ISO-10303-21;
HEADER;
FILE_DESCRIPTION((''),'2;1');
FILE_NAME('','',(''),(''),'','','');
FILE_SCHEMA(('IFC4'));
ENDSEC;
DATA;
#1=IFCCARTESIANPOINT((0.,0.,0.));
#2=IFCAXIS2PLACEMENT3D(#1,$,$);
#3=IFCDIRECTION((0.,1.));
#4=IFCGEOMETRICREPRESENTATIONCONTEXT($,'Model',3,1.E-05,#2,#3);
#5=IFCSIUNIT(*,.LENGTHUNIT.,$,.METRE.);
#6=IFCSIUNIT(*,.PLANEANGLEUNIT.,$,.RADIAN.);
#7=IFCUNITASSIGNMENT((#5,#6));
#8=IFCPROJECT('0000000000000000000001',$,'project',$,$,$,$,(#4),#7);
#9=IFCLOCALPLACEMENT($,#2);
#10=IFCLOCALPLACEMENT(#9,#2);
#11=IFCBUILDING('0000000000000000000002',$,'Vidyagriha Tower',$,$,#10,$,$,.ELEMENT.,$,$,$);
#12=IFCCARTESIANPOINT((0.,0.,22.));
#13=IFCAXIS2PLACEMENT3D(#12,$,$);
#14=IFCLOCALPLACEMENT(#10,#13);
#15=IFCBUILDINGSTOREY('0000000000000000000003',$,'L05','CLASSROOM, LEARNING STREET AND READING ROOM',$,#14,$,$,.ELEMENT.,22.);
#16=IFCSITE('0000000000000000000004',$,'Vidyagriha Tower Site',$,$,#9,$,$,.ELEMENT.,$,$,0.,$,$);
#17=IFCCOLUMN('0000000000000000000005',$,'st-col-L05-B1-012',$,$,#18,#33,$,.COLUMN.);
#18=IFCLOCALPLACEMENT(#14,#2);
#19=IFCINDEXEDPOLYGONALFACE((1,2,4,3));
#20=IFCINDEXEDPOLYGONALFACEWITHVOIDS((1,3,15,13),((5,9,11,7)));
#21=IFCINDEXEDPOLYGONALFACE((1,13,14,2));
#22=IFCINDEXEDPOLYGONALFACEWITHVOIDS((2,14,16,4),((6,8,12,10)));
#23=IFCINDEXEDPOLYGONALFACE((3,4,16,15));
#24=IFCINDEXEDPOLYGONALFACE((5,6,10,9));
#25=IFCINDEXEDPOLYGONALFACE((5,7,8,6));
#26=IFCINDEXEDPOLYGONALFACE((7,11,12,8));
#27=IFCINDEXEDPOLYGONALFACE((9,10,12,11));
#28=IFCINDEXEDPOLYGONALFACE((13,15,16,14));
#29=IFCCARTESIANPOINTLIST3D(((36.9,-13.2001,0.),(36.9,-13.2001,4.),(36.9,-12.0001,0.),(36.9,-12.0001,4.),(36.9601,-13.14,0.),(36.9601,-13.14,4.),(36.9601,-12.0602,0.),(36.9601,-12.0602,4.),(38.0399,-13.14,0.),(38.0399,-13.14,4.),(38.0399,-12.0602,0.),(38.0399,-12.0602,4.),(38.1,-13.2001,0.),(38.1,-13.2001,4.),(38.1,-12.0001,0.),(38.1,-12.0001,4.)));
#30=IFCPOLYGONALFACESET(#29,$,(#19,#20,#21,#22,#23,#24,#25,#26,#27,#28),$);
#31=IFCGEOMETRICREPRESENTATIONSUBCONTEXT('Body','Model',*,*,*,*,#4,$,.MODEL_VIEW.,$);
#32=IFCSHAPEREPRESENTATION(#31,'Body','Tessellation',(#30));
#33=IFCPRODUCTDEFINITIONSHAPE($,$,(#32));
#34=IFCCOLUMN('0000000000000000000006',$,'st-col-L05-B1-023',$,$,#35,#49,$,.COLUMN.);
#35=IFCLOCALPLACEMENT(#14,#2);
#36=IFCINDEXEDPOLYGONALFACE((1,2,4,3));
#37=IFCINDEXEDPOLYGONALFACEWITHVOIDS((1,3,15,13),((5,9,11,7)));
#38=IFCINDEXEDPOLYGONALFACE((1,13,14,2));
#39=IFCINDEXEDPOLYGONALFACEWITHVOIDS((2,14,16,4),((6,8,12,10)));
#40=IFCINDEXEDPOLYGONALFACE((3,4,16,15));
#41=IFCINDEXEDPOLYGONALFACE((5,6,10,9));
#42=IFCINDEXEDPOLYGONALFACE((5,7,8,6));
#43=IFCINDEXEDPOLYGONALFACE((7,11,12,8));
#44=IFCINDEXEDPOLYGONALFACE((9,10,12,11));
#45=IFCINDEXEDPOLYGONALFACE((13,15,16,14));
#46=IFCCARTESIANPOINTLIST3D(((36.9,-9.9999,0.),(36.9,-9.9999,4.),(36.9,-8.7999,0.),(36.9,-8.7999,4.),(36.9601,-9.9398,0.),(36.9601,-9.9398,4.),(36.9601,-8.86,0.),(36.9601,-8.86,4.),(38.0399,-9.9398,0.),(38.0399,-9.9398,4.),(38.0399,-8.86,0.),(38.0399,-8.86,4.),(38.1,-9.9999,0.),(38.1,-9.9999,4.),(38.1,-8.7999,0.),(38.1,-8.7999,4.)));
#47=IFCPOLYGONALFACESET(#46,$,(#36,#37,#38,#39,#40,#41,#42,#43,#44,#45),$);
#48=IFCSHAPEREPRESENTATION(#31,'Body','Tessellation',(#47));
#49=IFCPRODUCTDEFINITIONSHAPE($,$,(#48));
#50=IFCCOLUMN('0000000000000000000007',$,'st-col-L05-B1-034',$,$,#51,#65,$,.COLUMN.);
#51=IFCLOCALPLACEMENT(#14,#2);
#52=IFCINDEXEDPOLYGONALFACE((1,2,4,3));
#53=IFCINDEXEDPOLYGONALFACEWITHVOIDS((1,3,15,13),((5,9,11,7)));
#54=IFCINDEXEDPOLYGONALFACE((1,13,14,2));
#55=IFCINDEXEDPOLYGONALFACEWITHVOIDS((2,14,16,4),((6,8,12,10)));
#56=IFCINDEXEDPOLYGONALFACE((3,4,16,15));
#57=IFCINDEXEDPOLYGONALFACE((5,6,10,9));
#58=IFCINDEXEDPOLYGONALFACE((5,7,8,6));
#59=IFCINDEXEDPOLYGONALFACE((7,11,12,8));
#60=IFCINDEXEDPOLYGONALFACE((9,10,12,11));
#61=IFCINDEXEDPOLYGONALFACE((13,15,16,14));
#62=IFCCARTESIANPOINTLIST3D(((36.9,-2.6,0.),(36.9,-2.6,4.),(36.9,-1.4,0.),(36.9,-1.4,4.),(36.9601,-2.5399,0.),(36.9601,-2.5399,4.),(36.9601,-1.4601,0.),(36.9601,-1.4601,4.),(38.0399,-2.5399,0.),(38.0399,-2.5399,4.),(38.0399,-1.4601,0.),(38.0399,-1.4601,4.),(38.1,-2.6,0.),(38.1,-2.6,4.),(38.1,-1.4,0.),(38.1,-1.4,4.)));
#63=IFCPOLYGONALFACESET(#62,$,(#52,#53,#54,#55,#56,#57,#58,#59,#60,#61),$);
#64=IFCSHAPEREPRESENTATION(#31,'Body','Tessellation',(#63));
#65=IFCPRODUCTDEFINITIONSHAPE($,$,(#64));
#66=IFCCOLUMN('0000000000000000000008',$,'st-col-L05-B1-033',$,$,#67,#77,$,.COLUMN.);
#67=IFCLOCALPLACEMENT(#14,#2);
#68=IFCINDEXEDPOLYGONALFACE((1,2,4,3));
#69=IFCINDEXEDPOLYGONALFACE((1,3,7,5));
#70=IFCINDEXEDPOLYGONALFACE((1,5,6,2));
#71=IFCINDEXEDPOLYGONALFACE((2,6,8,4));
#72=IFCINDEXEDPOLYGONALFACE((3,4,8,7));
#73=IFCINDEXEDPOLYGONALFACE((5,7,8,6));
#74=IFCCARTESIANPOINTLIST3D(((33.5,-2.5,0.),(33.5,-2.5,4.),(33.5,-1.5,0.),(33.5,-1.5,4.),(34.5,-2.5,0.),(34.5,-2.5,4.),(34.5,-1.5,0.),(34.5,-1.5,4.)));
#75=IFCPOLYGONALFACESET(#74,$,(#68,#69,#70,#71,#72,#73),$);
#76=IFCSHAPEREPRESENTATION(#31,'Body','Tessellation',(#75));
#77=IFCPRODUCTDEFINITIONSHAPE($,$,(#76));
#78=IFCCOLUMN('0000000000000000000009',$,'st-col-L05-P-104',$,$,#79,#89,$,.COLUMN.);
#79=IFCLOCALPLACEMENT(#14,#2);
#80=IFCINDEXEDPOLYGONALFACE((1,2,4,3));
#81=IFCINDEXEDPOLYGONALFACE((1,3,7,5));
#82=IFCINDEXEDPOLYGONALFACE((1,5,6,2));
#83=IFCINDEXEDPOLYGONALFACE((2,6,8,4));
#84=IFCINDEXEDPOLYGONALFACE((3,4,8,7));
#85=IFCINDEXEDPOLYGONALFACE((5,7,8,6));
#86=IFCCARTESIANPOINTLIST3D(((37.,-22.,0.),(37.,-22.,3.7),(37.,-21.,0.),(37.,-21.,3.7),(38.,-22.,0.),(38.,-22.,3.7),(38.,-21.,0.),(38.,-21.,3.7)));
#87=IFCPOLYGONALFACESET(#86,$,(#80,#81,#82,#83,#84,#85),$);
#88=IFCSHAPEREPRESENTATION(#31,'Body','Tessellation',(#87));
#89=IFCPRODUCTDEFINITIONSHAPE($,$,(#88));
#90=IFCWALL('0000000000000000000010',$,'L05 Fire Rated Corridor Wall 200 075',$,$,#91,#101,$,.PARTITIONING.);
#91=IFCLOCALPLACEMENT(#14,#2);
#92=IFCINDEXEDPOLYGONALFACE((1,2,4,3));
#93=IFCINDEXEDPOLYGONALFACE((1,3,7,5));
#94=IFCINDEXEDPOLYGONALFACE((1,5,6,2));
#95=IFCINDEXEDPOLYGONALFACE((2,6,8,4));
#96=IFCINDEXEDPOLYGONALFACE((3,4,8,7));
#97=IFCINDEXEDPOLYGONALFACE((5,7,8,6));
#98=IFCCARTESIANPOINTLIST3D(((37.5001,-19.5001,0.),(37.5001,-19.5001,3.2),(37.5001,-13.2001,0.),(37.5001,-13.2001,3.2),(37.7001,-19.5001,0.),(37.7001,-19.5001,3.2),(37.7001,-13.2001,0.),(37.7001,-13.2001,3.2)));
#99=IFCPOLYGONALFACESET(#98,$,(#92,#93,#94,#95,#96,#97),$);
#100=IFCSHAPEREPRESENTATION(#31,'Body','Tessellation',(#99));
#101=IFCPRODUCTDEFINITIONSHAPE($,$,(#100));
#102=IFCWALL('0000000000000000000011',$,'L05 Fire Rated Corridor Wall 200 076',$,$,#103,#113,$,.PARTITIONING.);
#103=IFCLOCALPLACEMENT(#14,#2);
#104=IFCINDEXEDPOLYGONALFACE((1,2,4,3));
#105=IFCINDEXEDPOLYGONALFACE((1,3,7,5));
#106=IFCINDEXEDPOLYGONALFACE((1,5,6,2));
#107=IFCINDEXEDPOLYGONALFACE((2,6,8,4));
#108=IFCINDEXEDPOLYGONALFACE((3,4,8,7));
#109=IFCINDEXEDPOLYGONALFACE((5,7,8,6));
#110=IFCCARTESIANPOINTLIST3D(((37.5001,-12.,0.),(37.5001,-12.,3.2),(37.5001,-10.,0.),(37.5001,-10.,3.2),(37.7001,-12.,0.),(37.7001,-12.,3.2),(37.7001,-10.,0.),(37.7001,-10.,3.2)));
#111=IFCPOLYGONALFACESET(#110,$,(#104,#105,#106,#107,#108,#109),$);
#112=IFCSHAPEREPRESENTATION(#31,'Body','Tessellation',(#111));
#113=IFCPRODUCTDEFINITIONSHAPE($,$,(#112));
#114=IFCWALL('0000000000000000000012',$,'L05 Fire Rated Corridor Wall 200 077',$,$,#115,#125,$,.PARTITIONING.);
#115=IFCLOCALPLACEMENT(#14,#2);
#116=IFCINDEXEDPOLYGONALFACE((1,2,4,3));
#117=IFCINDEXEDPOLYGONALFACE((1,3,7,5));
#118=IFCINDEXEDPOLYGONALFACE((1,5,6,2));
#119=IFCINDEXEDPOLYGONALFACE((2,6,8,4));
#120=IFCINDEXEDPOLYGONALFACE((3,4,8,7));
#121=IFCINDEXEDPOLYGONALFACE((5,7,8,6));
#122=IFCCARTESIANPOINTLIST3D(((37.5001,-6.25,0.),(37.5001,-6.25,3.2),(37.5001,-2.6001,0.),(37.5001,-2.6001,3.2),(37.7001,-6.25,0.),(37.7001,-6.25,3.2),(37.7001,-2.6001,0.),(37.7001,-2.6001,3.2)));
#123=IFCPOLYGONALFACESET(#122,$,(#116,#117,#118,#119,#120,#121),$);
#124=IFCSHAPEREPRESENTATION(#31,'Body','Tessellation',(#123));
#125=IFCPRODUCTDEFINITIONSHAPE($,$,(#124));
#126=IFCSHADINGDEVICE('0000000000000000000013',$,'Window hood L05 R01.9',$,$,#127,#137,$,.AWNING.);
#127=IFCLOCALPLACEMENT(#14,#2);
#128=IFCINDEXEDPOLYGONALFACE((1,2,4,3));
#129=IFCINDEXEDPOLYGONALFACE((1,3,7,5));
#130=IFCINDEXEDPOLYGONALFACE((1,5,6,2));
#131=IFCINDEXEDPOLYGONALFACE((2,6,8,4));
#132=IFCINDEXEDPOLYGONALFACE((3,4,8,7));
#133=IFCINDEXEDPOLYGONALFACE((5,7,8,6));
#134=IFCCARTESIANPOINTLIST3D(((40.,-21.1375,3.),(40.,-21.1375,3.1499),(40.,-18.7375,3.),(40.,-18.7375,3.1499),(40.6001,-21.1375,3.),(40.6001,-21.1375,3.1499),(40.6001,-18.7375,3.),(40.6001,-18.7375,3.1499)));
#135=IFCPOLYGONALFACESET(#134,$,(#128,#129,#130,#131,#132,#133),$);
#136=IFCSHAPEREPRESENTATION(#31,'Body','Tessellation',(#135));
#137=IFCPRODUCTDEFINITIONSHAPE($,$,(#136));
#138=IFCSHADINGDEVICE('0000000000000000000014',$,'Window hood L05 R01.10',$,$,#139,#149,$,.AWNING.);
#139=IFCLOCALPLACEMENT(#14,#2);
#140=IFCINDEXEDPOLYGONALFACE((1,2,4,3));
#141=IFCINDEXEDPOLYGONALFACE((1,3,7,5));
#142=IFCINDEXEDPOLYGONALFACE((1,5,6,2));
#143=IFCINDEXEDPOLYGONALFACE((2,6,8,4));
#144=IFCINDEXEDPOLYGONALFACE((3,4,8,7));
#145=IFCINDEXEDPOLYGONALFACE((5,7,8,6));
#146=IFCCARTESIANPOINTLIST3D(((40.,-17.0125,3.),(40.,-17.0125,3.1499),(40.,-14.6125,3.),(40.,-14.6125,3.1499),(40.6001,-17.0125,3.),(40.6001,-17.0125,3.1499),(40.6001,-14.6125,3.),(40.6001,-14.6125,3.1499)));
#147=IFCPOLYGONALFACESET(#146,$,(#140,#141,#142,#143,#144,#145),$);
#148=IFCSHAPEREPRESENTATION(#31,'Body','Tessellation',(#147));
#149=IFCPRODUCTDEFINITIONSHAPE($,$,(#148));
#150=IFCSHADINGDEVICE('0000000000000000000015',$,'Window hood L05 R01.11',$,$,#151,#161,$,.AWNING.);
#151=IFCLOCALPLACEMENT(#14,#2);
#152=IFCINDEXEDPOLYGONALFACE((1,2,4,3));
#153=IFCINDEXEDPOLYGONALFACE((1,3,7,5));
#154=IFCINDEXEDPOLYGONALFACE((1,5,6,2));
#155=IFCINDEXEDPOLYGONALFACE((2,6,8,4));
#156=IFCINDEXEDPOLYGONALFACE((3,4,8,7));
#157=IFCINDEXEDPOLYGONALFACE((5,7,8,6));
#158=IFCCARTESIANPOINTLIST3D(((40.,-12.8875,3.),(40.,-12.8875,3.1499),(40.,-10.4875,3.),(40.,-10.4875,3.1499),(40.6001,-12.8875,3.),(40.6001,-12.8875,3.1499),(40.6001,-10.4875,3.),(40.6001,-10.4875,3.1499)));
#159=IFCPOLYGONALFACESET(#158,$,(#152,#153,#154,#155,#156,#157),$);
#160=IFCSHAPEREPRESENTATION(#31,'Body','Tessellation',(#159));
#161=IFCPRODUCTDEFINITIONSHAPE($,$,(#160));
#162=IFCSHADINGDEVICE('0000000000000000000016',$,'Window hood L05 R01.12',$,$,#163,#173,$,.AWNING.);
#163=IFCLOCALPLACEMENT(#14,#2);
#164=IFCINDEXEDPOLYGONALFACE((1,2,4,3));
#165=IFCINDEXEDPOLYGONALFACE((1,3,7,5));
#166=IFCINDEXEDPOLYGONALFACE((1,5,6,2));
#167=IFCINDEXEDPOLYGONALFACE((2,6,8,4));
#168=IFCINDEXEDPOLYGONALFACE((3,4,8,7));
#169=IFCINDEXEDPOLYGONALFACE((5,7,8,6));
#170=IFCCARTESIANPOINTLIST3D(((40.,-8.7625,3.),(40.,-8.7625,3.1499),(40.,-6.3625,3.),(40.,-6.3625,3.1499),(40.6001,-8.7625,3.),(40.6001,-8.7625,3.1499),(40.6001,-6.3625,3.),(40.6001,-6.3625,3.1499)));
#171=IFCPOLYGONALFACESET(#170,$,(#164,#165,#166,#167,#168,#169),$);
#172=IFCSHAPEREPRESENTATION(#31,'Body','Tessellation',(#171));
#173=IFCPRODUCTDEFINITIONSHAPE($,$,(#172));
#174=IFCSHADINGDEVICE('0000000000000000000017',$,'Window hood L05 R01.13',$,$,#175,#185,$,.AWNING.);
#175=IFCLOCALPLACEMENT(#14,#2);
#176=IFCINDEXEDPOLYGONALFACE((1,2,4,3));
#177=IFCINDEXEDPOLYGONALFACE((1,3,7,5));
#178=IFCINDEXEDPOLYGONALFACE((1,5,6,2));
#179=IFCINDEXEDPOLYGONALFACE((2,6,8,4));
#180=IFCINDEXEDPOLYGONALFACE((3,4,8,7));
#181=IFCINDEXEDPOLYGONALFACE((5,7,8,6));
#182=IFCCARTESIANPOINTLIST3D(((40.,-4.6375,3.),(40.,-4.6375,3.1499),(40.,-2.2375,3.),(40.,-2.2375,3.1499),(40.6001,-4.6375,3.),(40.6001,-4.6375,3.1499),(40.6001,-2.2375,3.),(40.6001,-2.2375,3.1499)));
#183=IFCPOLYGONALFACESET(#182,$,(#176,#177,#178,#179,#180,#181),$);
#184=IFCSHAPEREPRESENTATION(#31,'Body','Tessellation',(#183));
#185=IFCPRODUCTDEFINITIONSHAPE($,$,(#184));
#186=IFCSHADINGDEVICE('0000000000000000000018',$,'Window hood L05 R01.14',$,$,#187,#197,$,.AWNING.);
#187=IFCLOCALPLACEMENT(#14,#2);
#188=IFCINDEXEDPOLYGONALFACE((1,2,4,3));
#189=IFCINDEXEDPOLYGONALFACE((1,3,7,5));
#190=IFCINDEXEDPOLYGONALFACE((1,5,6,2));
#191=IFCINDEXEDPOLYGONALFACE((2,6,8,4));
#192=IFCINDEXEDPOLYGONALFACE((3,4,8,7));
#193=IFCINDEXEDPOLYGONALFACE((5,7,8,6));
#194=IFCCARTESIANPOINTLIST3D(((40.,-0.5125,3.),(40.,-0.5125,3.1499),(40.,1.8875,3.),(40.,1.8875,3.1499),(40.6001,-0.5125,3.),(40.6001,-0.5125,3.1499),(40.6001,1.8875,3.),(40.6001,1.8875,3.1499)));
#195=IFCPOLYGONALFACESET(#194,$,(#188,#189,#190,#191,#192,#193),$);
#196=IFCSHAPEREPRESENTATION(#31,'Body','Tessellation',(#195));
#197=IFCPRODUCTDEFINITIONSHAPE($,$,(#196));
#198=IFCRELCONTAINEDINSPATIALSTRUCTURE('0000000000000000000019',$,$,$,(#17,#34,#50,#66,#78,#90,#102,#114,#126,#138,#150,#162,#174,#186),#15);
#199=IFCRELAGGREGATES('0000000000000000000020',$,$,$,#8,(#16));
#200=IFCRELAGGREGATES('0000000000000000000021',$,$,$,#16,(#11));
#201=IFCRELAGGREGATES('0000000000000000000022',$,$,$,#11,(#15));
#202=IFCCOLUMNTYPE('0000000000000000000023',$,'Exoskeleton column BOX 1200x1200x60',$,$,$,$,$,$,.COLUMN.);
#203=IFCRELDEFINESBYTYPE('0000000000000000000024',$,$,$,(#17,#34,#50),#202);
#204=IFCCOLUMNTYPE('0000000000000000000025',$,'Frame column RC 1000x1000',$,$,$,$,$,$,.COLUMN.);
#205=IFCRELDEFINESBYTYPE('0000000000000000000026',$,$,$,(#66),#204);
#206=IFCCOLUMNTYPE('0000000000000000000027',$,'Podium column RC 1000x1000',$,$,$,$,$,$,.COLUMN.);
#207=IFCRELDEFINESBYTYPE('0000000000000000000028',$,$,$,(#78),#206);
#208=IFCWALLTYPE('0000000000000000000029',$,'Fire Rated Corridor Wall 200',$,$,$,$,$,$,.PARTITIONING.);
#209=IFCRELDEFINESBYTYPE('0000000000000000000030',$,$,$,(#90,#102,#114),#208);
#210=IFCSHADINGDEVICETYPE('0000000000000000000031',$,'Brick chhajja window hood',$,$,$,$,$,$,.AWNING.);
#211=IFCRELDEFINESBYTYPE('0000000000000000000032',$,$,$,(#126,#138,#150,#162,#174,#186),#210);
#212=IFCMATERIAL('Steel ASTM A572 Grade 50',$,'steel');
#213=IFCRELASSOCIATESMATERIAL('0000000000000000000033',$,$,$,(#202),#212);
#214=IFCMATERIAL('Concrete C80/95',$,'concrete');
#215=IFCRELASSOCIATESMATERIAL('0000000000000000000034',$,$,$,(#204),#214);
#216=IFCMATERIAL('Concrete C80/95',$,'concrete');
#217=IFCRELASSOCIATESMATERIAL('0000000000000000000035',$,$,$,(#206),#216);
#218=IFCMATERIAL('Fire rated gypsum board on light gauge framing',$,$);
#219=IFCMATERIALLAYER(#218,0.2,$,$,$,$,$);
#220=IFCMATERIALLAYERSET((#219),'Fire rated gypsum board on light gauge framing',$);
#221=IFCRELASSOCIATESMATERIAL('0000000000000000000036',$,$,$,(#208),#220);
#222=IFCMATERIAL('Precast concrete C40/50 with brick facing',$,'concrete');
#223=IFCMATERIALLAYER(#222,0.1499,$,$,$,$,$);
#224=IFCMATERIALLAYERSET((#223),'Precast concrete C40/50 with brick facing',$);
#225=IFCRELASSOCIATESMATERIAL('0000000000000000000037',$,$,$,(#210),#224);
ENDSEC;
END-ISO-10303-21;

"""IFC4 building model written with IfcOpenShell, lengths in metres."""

from ifc_helpers import new_model, si_unit, direction, frame, frame_2d, origin, origin_2d, place, context, subcontext, project, spatial, rectangle, hollow_rectangle, extrude, material, layer, layer_set, material_profile, profile_set, type_object, element, save


model = new_model("IFC4")

# Units and contexts
model_context = context("Model", 3, precision=1e-05, world=origin(), true_north=direction((0.0, 1.0)))
body_context = subcontext(model_context, "Body", "Model", "MODEL_VIEW")
ifc_project = project(units=[si_unit("LENGTHUNIT", "METRE"), si_unit("PLANEANGLEUNIT", "RADIAN")], contexts=[model_context])

# Site, building, storey
site_placement = place(None, origin())
site = spatial("IfcSite", under=ifc_project, at=site_placement, Name="Vidyagriha Tower Site", CompositionType="ELEMENT", RefElevation=0.0)
building_placement = place(site_placement, origin())
building = spatial("IfcBuilding", under=site, at=building_placement, Name="Vidyagriha Tower", CompositionType="ELEMENT")
storey_placement = place(building_placement, frame((0.0, 0.0, 22.0)))
storey = spatial("IfcBuildingStorey", under=building, at=storey_placement, Name="L05", Description="CLASSROOM, LEARNING STREET AND READING ROOM", CompositionType="ELEMENT", Elevation=22.0)

# Columns
ifc_material_1 = material(Name="Steel ASTM A572 Grade 50", Category="steel")
ifc_material_profile_1 = material_profile(ifc_material_1, hollow_rectangle(XDim=1.2, YDim=1.2, WallThickness=0.0601, at=origin_2d()), Name="BOX 1200x1200x60")
ifc_profile_set_1 = profile_set([ifc_material_profile_1], Name="Steel ASTM A572 Grade 50")
column_type_1 = type_object("IfcColumnType", Name="Exoskeleton column BOX 1200x1200x60", PredefinedType="COLUMN", material=ifc_profile_set_1)
for number, where, name in (
    (1, (37.5, -12.6001, 0.0), "st-col-L05-B1-012"),
    (2, (37.5, -9.3999, 0.0), "st-col-L05-B1-023"),
    (3, (37.5, -2.0, 0.0), "st-col-L05-B1-034"),
):
    element("IfcColumn", number, at=place(storey_placement, frame(where)), inside=storey, type_object=column_type_1, Name=name, PredefinedType="COLUMN", context=body_context, shape_type="SweptSolid", body=[
        extrude(hollow_rectangle(XDim=1.2, YDim=1.2, WallThickness=0.0601, at=origin_2d()), origin(), (0.0, 0.0, 1.0), 4.0),
    ])
ifc_material_2 = material(Name="Concrete C80/95", Category="concrete")
ifc_material_profile_2 = material_profile(ifc_material_2, rectangle(XDim=1.0, YDim=1.0, at=origin_2d()), Name="RC 1000x1000")
ifc_profile_set_2 = profile_set([ifc_material_profile_2], Name="Concrete C80/95")
column_type_2 = type_object("IfcColumnType", Name="Frame column RC 1000x1000", PredefinedType="COLUMN", material=ifc_profile_set_2)
column_1_placement = place(storey_placement, frame((34.0, -2.0, 0.0)))
element("IfcColumn", 4, at=column_1_placement, inside=storey, type_object=column_type_2, Name="st-col-L05-B1-033", PredefinedType="COLUMN", context=body_context, shape_type="SweptSolid", body=[
    extrude(rectangle(XDim=1.0, YDim=1.0, at=origin_2d()), origin(), (0.0, 0.0, 1.0), 4.0),
])
ifc_material_3 = material(Name="Concrete C80/95", Category="concrete")
ifc_material_profile_3 = material_profile(ifc_material_3, rectangle(XDim=1.0, YDim=1.0, at=origin_2d()), Name="RC 1000x1000")
ifc_profile_set_3 = profile_set([ifc_material_profile_3], Name="Concrete C80/95")
column_type_3 = type_object("IfcColumnType", Name="Podium column RC 1000x1000", PredefinedType="COLUMN", material=ifc_profile_set_3)
column_2_placement = place(storey_placement, frame((37.5, -21.5, 0.0)))
element("IfcColumn", 5, at=column_2_placement, inside=storey, type_object=column_type_3, Name="st-col-L05-P-104", PredefinedType="COLUMN", context=body_context, shape_type="SweptSolid", body=[
    extrude(rectangle(XDim=1.0, YDim=1.0, at=origin_2d()), origin(), (0.0, 0.0, 1.0), 3.7),
])

# Walls
ifc_material_4 = material(Name="Fire rated gypsum board on light gauge framing")
ifc_layer_1 = layer(ifc_material_4, 0.2)
ifc_layer_set_1 = layer_set([ifc_layer_1], Name="Fire rated gypsum board on light gauge framing")
wall_type = type_object("IfcWallType", Name="Fire Rated Corridor Wall 200", PredefinedType="PARTITIONING", material=ifc_layer_set_1)
wall_1_placement = place(storey_placement, frame((37.6001, -19.5, 0.0), z_axis=(0.0, 0.0, 1.0), x_axis=(0.0, 1.0, 0.0)))
element("IfcWall", 6, at=wall_1_placement, inside=storey, type_object=wall_type, Name="L05 Fire Rated Corridor Wall 200 075", PredefinedType="PARTITIONING", context=body_context, shape_type="SweptSolid", body=[
    extrude(rectangle(XDim=6.3, YDim=0.2, at=frame_2d((3.1499, 0.0))), origin(), (0.0, 0.0, 1.0), 3.2),
])
wall_2_placement = place(storey_placement, frame((37.6001, -12.0, 0.0), z_axis=(0.0, 0.0, 1.0), x_axis=(0.0, 1.0, 0.0)))
element("IfcWall", 7, at=wall_2_placement, inside=storey, type_object=wall_type, Name="L05 Fire Rated Corridor Wall 200 076", PredefinedType="PARTITIONING", context=body_context, shape_type="SweptSolid", body=[
    extrude(rectangle(XDim=2.0, YDim=0.2, at=frame_2d((1.0, 0.0))), origin(), (0.0, 0.0, 1.0), 3.2),
])
wall_3_placement = place(storey_placement, frame((37.6001, -6.25, 0.0), z_axis=(0.0, 0.0, 1.0), x_axis=(0.0, 1.0, 0.0)))
element("IfcWall", 8, at=wall_3_placement, inside=storey, type_object=wall_type, Name="L05 Fire Rated Corridor Wall 200 077", PredefinedType="PARTITIONING", context=body_context, shape_type="SweptSolid", body=[
    extrude(rectangle(XDim=3.6499, YDim=0.2, at=frame_2d((1.825, 0.0))), origin(), (0.0, 0.0, 1.0), 3.2),
])

# Shading devices
ifc_material_5 = material(Name="Precast concrete C40/50 with brick facing", Category="concrete")
ifc_layer_2 = layer(ifc_material_5, 0.1499)
ifc_layer_set_2 = layer_set([ifc_layer_2], Name="Precast concrete C40/50 with brick facing")
shading_device_type_1 = type_object("IfcShadingDeviceType", Name="Brick chhajja window hood", PredefinedType="AWNING", material=ifc_layer_set_2)
for number, where, z_axis, x_axis, name in (
    (9, (40.3, -19.9375, 3.0), (0.0, 0.0, 1.0), (0.0, 1.0, 0.0), "Window hood L05 R01.9"),
    (10, (40.3, -15.8125, 3.0), (0.0, 0.0, 1.0), (0.0, 1.0, 0.0), "Window hood L05 R01.10"),
    (11, (40.3, -11.6875, 3.0), (0.0, 0.0, 1.0), (0.0, 1.0, 0.0), "Window hood L05 R01.11"),
    (12, (40.3, -7.5625, 3.0), (0.0, 0.0, 1.0), (0.0, 1.0, 0.0), "Window hood L05 R01.12"),
    (13, (40.3, -3.4375, 3.0), (0.0, 0.0, 1.0), (0.0, 1.0, 0.0), "Window hood L05 R01.13"),
    (14, (40.3, 0.6875, 3.0), (0.0, 0.0, 1.0), (0.0, 1.0, 0.0), "Window hood L05 R01.14"),
):
    element("IfcShadingDevice", number, at=place(storey_placement, frame(where, z_axis=z_axis, x_axis=x_axis)), inside=storey, type_object=shading_device_type_1, Name=name, PredefinedType="AWNING", context=body_context, shape_type="SweptSolid", body=[
        extrude(rectangle(XDim=2.3999, YDim=0.6001, at=origin_2d()), origin(), (0.0, 0.0, 1.0), 0.1499),
    ])

save(model, "model.ifc")
